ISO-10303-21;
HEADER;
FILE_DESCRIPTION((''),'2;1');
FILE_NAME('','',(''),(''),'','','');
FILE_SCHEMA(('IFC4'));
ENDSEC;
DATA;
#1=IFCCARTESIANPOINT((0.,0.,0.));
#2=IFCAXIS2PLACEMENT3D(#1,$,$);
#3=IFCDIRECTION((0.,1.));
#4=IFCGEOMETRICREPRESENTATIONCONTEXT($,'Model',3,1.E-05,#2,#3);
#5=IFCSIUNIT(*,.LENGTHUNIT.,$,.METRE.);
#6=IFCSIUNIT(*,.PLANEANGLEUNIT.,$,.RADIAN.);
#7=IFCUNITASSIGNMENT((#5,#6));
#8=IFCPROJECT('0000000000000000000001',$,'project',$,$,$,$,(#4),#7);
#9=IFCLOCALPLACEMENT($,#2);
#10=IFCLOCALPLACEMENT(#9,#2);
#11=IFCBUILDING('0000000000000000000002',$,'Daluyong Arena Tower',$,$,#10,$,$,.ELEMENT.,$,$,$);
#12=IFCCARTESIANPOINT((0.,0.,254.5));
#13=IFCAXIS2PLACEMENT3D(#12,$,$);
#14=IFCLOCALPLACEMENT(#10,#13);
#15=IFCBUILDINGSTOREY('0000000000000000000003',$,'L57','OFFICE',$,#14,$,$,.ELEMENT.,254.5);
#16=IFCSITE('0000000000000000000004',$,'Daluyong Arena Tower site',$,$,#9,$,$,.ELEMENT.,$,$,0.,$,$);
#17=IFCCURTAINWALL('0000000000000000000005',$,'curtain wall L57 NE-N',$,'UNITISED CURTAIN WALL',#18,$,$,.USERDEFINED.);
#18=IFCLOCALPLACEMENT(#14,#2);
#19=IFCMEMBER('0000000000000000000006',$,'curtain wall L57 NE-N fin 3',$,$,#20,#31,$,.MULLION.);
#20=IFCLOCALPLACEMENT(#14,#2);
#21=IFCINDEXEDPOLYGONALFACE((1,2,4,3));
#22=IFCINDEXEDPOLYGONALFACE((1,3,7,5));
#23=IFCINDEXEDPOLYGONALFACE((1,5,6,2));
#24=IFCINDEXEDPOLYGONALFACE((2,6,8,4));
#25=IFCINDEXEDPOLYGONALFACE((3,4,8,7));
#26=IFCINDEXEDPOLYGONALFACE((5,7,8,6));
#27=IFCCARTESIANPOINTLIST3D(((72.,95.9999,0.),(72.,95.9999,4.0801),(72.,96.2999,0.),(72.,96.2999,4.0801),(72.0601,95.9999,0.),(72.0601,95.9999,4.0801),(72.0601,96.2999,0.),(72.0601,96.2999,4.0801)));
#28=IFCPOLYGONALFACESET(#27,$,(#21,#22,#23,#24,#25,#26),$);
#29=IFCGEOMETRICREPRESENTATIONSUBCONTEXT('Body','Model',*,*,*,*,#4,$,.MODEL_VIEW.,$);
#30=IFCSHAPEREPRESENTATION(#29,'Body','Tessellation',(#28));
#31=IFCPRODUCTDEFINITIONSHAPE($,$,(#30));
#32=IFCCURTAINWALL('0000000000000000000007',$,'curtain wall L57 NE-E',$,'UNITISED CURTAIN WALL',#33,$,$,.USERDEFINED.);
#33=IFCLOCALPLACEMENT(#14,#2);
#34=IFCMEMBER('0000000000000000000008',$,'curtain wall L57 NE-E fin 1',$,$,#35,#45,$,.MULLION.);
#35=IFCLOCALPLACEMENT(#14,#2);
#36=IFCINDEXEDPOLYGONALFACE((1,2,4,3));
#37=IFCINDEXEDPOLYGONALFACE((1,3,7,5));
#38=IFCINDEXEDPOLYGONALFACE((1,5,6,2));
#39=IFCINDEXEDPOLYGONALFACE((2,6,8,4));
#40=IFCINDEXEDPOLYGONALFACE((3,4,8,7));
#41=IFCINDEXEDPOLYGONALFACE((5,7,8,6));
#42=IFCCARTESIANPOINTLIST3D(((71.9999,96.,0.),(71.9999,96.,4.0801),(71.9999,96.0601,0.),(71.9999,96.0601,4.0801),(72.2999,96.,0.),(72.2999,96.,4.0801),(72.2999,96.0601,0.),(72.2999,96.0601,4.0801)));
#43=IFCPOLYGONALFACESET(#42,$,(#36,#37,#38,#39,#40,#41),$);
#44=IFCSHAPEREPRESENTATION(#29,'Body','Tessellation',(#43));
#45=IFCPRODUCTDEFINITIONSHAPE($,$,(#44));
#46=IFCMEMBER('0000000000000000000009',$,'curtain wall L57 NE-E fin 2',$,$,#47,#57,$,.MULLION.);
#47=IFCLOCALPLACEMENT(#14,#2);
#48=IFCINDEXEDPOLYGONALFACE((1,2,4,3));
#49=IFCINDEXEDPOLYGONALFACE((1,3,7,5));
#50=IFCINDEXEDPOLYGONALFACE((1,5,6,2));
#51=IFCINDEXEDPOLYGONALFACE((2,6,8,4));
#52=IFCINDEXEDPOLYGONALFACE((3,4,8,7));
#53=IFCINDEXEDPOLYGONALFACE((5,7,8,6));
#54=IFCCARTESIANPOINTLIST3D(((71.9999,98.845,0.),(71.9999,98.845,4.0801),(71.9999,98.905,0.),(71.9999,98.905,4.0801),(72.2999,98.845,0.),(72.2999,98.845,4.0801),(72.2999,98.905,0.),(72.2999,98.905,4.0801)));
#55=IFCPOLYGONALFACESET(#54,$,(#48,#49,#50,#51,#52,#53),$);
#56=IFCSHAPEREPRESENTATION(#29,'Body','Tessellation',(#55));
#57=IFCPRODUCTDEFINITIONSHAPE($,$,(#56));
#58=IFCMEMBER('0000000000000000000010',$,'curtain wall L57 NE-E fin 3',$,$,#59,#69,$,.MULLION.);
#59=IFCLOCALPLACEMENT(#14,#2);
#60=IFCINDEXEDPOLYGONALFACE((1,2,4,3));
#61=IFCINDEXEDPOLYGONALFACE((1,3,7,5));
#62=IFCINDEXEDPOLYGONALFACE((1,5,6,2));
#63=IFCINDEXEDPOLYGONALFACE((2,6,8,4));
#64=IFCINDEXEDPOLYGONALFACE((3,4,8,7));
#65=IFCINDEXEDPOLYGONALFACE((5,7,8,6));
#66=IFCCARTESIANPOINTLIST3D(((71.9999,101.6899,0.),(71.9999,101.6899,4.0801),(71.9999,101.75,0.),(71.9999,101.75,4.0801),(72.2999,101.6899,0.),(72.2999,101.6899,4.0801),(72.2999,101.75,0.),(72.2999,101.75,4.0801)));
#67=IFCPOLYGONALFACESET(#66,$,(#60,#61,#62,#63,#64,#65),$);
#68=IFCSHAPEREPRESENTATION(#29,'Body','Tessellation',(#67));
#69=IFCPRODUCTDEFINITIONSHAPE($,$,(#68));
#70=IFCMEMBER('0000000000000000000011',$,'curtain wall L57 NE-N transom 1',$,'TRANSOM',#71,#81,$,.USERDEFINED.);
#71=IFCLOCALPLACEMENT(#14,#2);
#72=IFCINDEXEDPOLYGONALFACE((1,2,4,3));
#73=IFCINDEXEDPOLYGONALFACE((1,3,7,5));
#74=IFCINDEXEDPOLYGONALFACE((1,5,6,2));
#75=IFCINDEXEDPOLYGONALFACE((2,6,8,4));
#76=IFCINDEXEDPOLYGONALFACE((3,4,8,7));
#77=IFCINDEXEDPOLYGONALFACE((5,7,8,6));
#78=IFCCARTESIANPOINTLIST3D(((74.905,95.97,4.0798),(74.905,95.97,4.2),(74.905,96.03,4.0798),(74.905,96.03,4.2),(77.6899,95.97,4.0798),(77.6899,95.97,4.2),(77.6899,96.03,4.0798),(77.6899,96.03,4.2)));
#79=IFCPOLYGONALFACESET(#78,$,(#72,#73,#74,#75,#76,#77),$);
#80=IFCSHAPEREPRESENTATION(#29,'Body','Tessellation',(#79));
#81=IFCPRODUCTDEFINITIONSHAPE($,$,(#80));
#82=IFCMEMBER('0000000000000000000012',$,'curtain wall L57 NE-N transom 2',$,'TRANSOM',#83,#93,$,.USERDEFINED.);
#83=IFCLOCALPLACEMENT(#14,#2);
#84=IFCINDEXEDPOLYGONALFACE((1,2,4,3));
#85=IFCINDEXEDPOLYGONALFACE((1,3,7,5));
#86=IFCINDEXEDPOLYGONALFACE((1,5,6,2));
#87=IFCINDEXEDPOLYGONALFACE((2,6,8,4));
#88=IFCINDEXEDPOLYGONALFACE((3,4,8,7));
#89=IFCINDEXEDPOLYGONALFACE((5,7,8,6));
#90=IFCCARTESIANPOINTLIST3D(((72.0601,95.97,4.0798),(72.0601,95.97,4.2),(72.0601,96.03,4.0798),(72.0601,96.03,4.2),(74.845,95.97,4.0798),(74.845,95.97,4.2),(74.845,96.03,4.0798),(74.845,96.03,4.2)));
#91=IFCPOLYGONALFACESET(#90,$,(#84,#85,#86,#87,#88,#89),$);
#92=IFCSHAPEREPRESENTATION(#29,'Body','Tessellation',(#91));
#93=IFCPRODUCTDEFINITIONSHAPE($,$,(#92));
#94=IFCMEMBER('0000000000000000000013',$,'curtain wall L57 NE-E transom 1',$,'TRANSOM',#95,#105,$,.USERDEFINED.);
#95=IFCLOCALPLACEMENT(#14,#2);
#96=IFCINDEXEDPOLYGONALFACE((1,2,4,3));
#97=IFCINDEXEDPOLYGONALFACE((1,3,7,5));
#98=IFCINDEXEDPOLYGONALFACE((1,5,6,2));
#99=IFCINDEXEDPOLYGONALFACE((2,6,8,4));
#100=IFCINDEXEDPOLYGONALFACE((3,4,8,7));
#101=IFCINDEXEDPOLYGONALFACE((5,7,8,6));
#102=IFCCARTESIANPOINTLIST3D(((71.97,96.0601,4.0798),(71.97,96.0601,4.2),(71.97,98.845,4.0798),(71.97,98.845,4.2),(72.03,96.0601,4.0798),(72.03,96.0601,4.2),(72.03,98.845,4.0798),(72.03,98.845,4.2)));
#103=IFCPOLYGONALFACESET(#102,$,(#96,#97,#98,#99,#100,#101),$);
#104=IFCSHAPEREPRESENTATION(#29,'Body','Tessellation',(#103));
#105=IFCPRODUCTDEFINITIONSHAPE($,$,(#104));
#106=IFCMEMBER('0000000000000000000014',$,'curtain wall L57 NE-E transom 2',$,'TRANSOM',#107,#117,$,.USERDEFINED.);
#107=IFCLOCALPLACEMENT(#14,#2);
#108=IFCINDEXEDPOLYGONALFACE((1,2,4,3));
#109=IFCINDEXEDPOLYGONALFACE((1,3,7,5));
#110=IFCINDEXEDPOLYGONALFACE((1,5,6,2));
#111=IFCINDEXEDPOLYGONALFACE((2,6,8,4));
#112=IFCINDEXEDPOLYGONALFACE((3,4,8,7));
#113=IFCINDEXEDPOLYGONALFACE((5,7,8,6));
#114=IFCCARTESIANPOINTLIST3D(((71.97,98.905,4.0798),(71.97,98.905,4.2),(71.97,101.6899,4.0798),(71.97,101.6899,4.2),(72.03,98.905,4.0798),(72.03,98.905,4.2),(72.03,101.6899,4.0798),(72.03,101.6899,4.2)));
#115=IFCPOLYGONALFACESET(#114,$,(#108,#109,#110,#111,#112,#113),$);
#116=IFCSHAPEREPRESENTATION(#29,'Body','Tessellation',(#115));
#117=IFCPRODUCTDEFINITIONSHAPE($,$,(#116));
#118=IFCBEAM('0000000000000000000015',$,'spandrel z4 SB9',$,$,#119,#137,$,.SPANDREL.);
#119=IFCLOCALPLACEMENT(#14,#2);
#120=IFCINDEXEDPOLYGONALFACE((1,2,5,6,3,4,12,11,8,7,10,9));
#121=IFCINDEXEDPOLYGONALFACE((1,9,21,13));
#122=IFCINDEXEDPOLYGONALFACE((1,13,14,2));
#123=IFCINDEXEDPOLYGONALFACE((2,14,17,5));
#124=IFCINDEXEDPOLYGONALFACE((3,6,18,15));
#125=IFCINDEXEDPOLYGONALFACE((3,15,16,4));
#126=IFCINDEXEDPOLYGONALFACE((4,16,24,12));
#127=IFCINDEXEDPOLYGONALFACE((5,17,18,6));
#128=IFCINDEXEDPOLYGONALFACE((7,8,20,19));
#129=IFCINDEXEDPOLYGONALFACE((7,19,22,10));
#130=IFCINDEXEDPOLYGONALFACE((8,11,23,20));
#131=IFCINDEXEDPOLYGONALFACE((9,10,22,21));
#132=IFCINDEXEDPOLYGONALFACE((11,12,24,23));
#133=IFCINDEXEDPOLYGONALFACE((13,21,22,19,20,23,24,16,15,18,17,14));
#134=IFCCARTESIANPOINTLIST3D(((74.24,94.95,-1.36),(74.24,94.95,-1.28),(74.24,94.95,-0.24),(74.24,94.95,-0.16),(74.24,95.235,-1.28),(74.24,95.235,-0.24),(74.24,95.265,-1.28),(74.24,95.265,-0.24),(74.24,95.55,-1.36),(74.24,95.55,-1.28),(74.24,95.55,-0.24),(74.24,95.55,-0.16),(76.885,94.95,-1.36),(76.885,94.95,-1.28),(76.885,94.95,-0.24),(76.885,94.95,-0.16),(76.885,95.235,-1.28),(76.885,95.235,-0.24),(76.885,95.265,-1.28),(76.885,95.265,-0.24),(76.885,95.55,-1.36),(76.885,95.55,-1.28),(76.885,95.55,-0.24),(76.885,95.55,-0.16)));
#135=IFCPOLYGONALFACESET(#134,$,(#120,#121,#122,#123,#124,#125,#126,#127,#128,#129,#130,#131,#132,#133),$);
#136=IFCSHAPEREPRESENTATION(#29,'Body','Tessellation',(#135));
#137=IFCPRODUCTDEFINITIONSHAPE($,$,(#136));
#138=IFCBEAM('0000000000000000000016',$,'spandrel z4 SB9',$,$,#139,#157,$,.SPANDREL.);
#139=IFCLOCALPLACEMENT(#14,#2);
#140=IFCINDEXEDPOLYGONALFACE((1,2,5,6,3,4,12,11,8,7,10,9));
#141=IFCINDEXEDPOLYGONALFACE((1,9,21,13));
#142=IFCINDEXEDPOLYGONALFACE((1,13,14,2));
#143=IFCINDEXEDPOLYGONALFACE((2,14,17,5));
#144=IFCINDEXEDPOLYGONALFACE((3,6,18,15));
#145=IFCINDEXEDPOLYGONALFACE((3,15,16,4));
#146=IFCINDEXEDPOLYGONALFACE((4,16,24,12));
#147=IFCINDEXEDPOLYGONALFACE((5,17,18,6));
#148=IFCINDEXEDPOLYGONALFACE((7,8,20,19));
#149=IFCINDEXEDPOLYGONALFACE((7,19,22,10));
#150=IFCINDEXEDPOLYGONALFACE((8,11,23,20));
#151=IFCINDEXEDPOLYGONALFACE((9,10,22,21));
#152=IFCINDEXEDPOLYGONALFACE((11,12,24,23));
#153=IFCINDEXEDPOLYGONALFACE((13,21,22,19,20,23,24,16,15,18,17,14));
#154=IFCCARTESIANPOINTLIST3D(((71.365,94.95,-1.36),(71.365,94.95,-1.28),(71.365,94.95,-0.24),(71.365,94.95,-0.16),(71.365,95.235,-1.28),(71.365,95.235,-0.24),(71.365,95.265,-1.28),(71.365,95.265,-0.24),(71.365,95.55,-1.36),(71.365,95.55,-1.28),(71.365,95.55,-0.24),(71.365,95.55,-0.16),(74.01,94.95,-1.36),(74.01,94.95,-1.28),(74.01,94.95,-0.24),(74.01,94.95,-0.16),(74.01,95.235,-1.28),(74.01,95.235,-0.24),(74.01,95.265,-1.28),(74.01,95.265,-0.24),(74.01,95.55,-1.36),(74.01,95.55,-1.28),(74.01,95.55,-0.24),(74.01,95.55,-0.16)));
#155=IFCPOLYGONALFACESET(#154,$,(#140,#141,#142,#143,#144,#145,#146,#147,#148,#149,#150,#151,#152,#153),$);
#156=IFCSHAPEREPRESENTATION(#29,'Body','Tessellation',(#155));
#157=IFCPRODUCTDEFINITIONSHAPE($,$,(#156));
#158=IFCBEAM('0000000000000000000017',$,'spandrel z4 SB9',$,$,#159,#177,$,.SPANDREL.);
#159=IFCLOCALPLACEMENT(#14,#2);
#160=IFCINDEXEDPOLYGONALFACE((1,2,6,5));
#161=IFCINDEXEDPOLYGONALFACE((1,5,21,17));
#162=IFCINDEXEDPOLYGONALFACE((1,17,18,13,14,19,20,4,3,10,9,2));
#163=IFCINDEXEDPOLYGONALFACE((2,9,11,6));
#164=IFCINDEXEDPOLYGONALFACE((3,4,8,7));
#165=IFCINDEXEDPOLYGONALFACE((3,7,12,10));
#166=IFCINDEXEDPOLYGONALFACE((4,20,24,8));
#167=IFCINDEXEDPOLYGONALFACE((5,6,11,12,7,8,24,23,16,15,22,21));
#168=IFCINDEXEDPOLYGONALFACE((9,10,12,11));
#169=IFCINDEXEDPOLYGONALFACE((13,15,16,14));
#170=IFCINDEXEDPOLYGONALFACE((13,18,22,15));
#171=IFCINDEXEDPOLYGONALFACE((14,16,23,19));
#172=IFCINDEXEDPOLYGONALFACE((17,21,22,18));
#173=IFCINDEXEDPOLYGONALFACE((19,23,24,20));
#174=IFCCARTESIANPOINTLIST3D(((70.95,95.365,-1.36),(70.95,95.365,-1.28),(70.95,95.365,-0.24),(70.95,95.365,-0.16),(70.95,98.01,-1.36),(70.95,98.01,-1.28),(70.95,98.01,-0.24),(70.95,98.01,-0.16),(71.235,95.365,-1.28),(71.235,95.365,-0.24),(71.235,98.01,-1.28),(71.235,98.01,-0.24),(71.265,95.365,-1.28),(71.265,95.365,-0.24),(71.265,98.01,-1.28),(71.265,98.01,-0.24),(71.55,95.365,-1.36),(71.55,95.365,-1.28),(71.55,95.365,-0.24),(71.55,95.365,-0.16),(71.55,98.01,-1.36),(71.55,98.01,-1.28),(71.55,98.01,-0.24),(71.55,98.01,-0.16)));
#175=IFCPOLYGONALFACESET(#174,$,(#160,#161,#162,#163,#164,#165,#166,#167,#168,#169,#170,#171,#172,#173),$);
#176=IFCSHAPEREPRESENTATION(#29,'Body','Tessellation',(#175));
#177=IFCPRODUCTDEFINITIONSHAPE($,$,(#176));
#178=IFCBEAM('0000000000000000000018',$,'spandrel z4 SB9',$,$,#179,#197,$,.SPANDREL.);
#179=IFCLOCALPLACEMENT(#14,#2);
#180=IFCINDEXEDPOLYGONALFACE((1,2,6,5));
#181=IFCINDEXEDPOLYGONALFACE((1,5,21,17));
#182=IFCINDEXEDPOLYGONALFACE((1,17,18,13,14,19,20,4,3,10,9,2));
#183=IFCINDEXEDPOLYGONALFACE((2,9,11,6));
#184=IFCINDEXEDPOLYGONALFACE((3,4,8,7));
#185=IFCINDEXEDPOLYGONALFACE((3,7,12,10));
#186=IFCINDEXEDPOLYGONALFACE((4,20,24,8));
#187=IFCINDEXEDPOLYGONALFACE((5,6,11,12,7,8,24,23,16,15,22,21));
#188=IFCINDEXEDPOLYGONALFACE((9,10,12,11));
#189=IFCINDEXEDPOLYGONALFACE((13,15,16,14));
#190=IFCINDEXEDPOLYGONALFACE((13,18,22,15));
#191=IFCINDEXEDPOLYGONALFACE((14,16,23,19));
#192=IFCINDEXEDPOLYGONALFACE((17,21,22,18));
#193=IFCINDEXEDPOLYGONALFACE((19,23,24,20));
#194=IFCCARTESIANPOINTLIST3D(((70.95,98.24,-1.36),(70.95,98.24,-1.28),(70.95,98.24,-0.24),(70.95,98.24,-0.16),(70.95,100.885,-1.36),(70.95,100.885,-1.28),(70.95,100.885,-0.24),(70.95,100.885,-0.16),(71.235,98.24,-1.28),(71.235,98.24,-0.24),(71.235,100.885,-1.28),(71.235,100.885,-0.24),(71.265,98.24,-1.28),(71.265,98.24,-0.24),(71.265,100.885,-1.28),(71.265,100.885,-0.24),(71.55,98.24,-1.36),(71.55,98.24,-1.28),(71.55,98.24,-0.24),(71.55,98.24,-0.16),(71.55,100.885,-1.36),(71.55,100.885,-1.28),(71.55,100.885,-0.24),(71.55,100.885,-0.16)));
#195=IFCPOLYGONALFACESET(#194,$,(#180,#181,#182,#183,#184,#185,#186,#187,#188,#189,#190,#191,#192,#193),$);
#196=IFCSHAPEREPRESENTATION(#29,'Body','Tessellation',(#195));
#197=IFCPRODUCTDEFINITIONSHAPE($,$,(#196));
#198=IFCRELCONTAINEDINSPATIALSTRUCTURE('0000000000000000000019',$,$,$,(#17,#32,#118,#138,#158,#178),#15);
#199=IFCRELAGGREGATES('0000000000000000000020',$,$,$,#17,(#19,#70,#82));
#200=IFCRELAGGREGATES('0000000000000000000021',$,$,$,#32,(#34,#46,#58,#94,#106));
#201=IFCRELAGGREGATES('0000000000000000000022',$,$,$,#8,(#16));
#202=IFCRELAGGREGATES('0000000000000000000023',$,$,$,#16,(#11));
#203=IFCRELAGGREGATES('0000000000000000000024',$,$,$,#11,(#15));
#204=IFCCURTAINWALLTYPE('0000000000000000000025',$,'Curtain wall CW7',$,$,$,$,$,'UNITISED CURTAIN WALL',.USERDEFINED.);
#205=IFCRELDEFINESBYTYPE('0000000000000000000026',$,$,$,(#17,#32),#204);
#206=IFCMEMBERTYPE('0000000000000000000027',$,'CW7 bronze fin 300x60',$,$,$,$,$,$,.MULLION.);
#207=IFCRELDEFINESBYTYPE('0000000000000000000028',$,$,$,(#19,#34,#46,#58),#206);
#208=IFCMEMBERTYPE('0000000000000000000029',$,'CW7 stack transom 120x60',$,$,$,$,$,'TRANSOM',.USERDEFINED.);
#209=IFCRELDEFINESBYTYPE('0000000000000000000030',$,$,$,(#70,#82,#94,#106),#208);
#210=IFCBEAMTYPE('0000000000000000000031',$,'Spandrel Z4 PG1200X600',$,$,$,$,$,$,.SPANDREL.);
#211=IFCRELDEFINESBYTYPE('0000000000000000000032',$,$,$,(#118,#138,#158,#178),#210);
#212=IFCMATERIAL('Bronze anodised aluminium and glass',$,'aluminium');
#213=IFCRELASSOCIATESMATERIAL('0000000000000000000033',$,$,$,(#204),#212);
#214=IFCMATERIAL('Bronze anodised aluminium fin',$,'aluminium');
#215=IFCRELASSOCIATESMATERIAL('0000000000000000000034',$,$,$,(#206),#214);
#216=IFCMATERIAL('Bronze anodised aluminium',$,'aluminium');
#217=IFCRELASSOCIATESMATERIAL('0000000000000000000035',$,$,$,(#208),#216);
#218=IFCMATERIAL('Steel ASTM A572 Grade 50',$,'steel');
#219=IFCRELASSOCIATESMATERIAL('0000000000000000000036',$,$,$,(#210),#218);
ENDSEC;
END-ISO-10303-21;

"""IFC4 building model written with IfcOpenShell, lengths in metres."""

from ifc_helpers import new_model, si_unit, direction, frame, origin, origin_2d, place, context, subcontext, project, spatial, rectangle, i_section, extrude, material, material_profile, profile_set, type_object, element, aggregate, save


model = new_model("IFC4")

# Units and contexts
model_context = context("Model", 3, precision=1e-05, world=origin(), true_north=direction((0.0, 1.0)))
body_context = subcontext(model_context, "Body", "Model", "MODEL_VIEW")
ifc_project = project(units=[si_unit("LENGTHUNIT", "METRE"), si_unit("PLANEANGLEUNIT", "RADIAN")], contexts=[model_context])

# Site, building, storey
site_placement = place(None, origin())
site = spatial("IfcSite", under=ifc_project, at=site_placement, Name="Daluyong Arena Tower site", CompositionType="ELEMENT", RefElevation=0.0)
building_placement = place(site_placement, origin())
building = spatial("IfcBuilding", under=site, at=building_placement, Name="Daluyong Arena Tower", CompositionType="ELEMENT")
storey_placement = place(building_placement, frame((0.0, 0.0, 254.5)))
storey = spatial("IfcBuildingStorey", under=building, at=storey_placement, Name="L57", Description="OFFICE", CompositionType="ELEMENT", Elevation=254.5)

# Curtain walls, members
ifc_material_1 = material(Name="Bronze anodised aluminium and glass", Category="aluminium")
curtain_wall_type_1 = type_object("IfcCurtainWallType", Name="Curtain wall CW7", ElementType="UNITISED CURTAIN WALL", PredefinedType="USERDEFINED", material=ifc_material_1)
curtain_wall_1_placement = place(storey_placement, origin())
curtain_wall_1 = element("IfcCurtainWall", 1, at=curtain_wall_1_placement, inside=storey, type_object=curtain_wall_type_1, Name="curtain wall L57 NE-N", ObjectType="UNITISED CURTAIN WALL", PredefinedType="USERDEFINED")
ifc_material_2 = material(Name="Bronze anodised aluminium fin", Category="aluminium")
ifc_material_profile_1 = material_profile(ifc_material_2, rectangle(XDim=0.3, YDim=0.0601, at=origin_2d()))
ifc_profile_set_1 = profile_set([ifc_material_profile_1], Name="Bronze anodised aluminium fin")
member_type_1 = type_object("IfcMemberType", Name="CW7 bronze fin 300x60", PredefinedType="MULLION", material=ifc_profile_set_1)
member_1_placement = place(storey_placement, frame((72.03, 96.1499, 0.0), z_axis=(0.0, 0.0, 1.0), x_axis=(0.0, -1.0, 0.0)))
member_1 = element("IfcMember", 2, at=member_1_placement, type_object=member_type_1, Name="curtain wall L57 NE-N fin 3", PredefinedType="MULLION", context=body_context, shape_type="SweptSolid", body=[
    extrude(rectangle(XDim=0.3, YDim=0.0601, at=origin_2d()), origin(), (0.0, 0.0, 1.0), 4.0801),
])
curtain_wall_2_placement = place(storey_placement, origin())
curtain_wall_2 = element("IfcCurtainWall", 3, at=curtain_wall_2_placement, inside=storey, type_object=curtain_wall_type_1, Name="curtain wall L57 NE-E", ObjectType="UNITISED CURTAIN WALL", PredefinedType="USERDEFINED")
member_2_placement = place(storey_placement, frame((72.1499, 96.03, 0.0), z_axis=(0.0, 0.0, 1.0), x_axis=(-1.0, 0.0, 0.0)))
member_2 = element("IfcMember", 4, at=member_2_placement, type_object=member_type_1, Name="curtain wall L57 NE-E fin 1", PredefinedType="MULLION", context=body_context, shape_type="SweptSolid", body=[
    extrude(rectangle(XDim=0.3, YDim=0.0601, at=origin_2d()), origin(), (0.0, 0.0, 1.0), 4.0801),
])
member_3_placement = place(storey_placement, frame((72.1499, 98.875, 0.0), z_axis=(0.0, 0.0, 1.0), x_axis=(-1.0, 0.0, 0.0)))
member_3 = element("IfcMember", 5, at=member_3_placement, type_object=member_type_1, Name="curtain wall L57 NE-E fin 2", PredefinedType="MULLION", context=body_context, shape_type="SweptSolid", body=[
    extrude(rectangle(XDim=0.3, YDim=0.0601, at=origin_2d()), origin(), (0.0, 0.0, 1.0), 4.0801),
])
member_4_placement = place(storey_placement, frame((72.1499, 101.72, 0.0), z_axis=(0.0, 0.0, 1.0), x_axis=(-1.0, 0.0, 0.0)))
member_4 = element("IfcMember", 6, at=member_4_placement, type_object=member_type_1, Name="curtain wall L57 NE-E fin 3", PredefinedType="MULLION", context=body_context, shape_type="SweptSolid", body=[
    extrude(rectangle(XDim=0.3, YDim=0.0601, at=origin_2d()), origin(), (0.0, 0.0, 1.0), 4.0801),
])

# Members
ifc_material_3 = material(Name="Bronze anodised aluminium", Category="aluminium")
ifc_material_profile_2 = material_profile(ifc_material_3, rectangle(XDim=0.0601, YDim=0.1201, at=origin_2d()))
ifc_profile_set_2 = profile_set([ifc_material_profile_2], Name="Bronze anodised aluminium")
member_type_2 = type_object("IfcMemberType", Name="CW7 stack transom 120x60", ElementType="TRANSOM", PredefinedType="USERDEFINED", material=ifc_profile_set_2)
member_5_placement = place(storey_placement, frame((77.6899, 96.0, 4.1399), z_axis=(-1.0, 0.0, 0.0), x_axis=(0.0, -1.0, 0.0)))
member_5 = element("IfcMember", 7, at=member_5_placement, type_object=member_type_2, Name="curtain wall L57 NE-N transom 1", ObjectType="TRANSOM", PredefinedType="USERDEFINED", context=body_context, shape_type="SweptSolid", body=[
    extrude(rectangle(XDim=0.0601, YDim=0.1201, at=origin_2d()), origin(), (0.0, 0.0, 1.0), 2.7849),
])
member_6_placement = place(storey_placement, frame((74.845, 96.0, 4.1399), z_axis=(-1.0, 0.0, 0.0), x_axis=(0.0, -1.0, 0.0)))
member_6 = element("IfcMember", 8, at=member_6_placement, type_object=member_type_2, Name="curtain wall L57 NE-N transom 2", ObjectType="TRANSOM", PredefinedType="USERDEFINED", context=body_context, shape_type="SweptSolid", body=[
    extrude(rectangle(XDim=0.0601, YDim=0.1201, at=origin_2d()), origin(), (0.0, 0.0, 1.0), 2.7849),
])
member_7_placement = place(storey_placement, frame((72.0, 96.0601, 4.1399), z_axis=(0.0, 1.0, 0.0), x_axis=(-1.0, 0.0, 0.0)))
member_7 = element("IfcMember", 9, at=member_7_placement, type_object=member_type_2, Name="curtain wall L57 NE-E transom 1", ObjectType="TRANSOM", PredefinedType="USERDEFINED", context=body_context, shape_type="SweptSolid", body=[
    extrude(rectangle(XDim=0.0601, YDim=0.1201, at=origin_2d()), origin(), (0.0, 0.0, 1.0), 2.7849),
])
member_8_placement = place(storey_placement, frame((72.0, 98.905, 4.1399), z_axis=(0.0, 1.0, 0.0), x_axis=(-1.0, 0.0, 0.0)))
member_8 = element("IfcMember", 10, at=member_8_placement, type_object=member_type_2, Name="curtain wall L57 NE-E transom 2", ObjectType="TRANSOM", PredefinedType="USERDEFINED", context=body_context, shape_type="SweptSolid", body=[
    extrude(rectangle(XDim=0.0601, YDim=0.1201, at=origin_2d()), origin(), (0.0, 0.0, 1.0), 2.7849),
])

# Beams
ifc_material_4 = material(Name="Steel ASTM A572 Grade 50", Category="steel")
ifc_material_profile_3 = material_profile(ifc_material_4, i_section(OverallWidth=0.6001, OverallDepth=1.2, WebThickness=0.03, FlangeThickness=0.08, at=origin_2d()))
ifc_profile_set_3 = profile_set([ifc_material_profile_3], Name="Steel ASTM A572 Grade 50")
beam_type = type_object("IfcBeamType", Name="Spandrel Z4 PG1200X600", PredefinedType="SPANDREL", material=ifc_profile_set_3)
for number, where, z_axis, x_axis, name in (
    (11, (76.885, 95.25, -0.76), (-1.0, 0.0, 0.0), (0.0, -1.0, 0.0), "spandrel z4 SB9"),
    (12, (74.01, 95.25, -0.76), (-1.0, 0.0, 0.0), (0.0, -1.0, 0.0), "spandrel z4 SB9"),
    (13, (71.25, 95.365, -0.76), (0.0, 1.0, 0.0), (-1.0, 0.0, 0.0), "spandrel z4 SB9"),
    (14, (71.25, 98.24, -0.76), (0.0, 1.0, 0.0), (-1.0, 0.0, 0.0), "spandrel z4 SB9"),
):
    element("IfcBeam", number, at=place(storey_placement, frame(where, z_axis=z_axis, x_axis=x_axis)), inside=storey, type_object=beam_type, Name=name, PredefinedType="SPANDREL", context=body_context, shape_type="SweptSolid", body=[
        extrude(i_section(OverallWidth=0.6001, OverallDepth=1.2, WebThickness=0.03, FlangeThickness=0.08, at=origin_2d()), origin(), (0.0, 0.0, 1.0), 2.645),
    ])

aggregate(curtain_wall_1, [member_1, member_5, member_6])
aggregate(curtain_wall_2, [member_2, member_3, member_4, member_7, member_8])

save(model, "model.ifc")
